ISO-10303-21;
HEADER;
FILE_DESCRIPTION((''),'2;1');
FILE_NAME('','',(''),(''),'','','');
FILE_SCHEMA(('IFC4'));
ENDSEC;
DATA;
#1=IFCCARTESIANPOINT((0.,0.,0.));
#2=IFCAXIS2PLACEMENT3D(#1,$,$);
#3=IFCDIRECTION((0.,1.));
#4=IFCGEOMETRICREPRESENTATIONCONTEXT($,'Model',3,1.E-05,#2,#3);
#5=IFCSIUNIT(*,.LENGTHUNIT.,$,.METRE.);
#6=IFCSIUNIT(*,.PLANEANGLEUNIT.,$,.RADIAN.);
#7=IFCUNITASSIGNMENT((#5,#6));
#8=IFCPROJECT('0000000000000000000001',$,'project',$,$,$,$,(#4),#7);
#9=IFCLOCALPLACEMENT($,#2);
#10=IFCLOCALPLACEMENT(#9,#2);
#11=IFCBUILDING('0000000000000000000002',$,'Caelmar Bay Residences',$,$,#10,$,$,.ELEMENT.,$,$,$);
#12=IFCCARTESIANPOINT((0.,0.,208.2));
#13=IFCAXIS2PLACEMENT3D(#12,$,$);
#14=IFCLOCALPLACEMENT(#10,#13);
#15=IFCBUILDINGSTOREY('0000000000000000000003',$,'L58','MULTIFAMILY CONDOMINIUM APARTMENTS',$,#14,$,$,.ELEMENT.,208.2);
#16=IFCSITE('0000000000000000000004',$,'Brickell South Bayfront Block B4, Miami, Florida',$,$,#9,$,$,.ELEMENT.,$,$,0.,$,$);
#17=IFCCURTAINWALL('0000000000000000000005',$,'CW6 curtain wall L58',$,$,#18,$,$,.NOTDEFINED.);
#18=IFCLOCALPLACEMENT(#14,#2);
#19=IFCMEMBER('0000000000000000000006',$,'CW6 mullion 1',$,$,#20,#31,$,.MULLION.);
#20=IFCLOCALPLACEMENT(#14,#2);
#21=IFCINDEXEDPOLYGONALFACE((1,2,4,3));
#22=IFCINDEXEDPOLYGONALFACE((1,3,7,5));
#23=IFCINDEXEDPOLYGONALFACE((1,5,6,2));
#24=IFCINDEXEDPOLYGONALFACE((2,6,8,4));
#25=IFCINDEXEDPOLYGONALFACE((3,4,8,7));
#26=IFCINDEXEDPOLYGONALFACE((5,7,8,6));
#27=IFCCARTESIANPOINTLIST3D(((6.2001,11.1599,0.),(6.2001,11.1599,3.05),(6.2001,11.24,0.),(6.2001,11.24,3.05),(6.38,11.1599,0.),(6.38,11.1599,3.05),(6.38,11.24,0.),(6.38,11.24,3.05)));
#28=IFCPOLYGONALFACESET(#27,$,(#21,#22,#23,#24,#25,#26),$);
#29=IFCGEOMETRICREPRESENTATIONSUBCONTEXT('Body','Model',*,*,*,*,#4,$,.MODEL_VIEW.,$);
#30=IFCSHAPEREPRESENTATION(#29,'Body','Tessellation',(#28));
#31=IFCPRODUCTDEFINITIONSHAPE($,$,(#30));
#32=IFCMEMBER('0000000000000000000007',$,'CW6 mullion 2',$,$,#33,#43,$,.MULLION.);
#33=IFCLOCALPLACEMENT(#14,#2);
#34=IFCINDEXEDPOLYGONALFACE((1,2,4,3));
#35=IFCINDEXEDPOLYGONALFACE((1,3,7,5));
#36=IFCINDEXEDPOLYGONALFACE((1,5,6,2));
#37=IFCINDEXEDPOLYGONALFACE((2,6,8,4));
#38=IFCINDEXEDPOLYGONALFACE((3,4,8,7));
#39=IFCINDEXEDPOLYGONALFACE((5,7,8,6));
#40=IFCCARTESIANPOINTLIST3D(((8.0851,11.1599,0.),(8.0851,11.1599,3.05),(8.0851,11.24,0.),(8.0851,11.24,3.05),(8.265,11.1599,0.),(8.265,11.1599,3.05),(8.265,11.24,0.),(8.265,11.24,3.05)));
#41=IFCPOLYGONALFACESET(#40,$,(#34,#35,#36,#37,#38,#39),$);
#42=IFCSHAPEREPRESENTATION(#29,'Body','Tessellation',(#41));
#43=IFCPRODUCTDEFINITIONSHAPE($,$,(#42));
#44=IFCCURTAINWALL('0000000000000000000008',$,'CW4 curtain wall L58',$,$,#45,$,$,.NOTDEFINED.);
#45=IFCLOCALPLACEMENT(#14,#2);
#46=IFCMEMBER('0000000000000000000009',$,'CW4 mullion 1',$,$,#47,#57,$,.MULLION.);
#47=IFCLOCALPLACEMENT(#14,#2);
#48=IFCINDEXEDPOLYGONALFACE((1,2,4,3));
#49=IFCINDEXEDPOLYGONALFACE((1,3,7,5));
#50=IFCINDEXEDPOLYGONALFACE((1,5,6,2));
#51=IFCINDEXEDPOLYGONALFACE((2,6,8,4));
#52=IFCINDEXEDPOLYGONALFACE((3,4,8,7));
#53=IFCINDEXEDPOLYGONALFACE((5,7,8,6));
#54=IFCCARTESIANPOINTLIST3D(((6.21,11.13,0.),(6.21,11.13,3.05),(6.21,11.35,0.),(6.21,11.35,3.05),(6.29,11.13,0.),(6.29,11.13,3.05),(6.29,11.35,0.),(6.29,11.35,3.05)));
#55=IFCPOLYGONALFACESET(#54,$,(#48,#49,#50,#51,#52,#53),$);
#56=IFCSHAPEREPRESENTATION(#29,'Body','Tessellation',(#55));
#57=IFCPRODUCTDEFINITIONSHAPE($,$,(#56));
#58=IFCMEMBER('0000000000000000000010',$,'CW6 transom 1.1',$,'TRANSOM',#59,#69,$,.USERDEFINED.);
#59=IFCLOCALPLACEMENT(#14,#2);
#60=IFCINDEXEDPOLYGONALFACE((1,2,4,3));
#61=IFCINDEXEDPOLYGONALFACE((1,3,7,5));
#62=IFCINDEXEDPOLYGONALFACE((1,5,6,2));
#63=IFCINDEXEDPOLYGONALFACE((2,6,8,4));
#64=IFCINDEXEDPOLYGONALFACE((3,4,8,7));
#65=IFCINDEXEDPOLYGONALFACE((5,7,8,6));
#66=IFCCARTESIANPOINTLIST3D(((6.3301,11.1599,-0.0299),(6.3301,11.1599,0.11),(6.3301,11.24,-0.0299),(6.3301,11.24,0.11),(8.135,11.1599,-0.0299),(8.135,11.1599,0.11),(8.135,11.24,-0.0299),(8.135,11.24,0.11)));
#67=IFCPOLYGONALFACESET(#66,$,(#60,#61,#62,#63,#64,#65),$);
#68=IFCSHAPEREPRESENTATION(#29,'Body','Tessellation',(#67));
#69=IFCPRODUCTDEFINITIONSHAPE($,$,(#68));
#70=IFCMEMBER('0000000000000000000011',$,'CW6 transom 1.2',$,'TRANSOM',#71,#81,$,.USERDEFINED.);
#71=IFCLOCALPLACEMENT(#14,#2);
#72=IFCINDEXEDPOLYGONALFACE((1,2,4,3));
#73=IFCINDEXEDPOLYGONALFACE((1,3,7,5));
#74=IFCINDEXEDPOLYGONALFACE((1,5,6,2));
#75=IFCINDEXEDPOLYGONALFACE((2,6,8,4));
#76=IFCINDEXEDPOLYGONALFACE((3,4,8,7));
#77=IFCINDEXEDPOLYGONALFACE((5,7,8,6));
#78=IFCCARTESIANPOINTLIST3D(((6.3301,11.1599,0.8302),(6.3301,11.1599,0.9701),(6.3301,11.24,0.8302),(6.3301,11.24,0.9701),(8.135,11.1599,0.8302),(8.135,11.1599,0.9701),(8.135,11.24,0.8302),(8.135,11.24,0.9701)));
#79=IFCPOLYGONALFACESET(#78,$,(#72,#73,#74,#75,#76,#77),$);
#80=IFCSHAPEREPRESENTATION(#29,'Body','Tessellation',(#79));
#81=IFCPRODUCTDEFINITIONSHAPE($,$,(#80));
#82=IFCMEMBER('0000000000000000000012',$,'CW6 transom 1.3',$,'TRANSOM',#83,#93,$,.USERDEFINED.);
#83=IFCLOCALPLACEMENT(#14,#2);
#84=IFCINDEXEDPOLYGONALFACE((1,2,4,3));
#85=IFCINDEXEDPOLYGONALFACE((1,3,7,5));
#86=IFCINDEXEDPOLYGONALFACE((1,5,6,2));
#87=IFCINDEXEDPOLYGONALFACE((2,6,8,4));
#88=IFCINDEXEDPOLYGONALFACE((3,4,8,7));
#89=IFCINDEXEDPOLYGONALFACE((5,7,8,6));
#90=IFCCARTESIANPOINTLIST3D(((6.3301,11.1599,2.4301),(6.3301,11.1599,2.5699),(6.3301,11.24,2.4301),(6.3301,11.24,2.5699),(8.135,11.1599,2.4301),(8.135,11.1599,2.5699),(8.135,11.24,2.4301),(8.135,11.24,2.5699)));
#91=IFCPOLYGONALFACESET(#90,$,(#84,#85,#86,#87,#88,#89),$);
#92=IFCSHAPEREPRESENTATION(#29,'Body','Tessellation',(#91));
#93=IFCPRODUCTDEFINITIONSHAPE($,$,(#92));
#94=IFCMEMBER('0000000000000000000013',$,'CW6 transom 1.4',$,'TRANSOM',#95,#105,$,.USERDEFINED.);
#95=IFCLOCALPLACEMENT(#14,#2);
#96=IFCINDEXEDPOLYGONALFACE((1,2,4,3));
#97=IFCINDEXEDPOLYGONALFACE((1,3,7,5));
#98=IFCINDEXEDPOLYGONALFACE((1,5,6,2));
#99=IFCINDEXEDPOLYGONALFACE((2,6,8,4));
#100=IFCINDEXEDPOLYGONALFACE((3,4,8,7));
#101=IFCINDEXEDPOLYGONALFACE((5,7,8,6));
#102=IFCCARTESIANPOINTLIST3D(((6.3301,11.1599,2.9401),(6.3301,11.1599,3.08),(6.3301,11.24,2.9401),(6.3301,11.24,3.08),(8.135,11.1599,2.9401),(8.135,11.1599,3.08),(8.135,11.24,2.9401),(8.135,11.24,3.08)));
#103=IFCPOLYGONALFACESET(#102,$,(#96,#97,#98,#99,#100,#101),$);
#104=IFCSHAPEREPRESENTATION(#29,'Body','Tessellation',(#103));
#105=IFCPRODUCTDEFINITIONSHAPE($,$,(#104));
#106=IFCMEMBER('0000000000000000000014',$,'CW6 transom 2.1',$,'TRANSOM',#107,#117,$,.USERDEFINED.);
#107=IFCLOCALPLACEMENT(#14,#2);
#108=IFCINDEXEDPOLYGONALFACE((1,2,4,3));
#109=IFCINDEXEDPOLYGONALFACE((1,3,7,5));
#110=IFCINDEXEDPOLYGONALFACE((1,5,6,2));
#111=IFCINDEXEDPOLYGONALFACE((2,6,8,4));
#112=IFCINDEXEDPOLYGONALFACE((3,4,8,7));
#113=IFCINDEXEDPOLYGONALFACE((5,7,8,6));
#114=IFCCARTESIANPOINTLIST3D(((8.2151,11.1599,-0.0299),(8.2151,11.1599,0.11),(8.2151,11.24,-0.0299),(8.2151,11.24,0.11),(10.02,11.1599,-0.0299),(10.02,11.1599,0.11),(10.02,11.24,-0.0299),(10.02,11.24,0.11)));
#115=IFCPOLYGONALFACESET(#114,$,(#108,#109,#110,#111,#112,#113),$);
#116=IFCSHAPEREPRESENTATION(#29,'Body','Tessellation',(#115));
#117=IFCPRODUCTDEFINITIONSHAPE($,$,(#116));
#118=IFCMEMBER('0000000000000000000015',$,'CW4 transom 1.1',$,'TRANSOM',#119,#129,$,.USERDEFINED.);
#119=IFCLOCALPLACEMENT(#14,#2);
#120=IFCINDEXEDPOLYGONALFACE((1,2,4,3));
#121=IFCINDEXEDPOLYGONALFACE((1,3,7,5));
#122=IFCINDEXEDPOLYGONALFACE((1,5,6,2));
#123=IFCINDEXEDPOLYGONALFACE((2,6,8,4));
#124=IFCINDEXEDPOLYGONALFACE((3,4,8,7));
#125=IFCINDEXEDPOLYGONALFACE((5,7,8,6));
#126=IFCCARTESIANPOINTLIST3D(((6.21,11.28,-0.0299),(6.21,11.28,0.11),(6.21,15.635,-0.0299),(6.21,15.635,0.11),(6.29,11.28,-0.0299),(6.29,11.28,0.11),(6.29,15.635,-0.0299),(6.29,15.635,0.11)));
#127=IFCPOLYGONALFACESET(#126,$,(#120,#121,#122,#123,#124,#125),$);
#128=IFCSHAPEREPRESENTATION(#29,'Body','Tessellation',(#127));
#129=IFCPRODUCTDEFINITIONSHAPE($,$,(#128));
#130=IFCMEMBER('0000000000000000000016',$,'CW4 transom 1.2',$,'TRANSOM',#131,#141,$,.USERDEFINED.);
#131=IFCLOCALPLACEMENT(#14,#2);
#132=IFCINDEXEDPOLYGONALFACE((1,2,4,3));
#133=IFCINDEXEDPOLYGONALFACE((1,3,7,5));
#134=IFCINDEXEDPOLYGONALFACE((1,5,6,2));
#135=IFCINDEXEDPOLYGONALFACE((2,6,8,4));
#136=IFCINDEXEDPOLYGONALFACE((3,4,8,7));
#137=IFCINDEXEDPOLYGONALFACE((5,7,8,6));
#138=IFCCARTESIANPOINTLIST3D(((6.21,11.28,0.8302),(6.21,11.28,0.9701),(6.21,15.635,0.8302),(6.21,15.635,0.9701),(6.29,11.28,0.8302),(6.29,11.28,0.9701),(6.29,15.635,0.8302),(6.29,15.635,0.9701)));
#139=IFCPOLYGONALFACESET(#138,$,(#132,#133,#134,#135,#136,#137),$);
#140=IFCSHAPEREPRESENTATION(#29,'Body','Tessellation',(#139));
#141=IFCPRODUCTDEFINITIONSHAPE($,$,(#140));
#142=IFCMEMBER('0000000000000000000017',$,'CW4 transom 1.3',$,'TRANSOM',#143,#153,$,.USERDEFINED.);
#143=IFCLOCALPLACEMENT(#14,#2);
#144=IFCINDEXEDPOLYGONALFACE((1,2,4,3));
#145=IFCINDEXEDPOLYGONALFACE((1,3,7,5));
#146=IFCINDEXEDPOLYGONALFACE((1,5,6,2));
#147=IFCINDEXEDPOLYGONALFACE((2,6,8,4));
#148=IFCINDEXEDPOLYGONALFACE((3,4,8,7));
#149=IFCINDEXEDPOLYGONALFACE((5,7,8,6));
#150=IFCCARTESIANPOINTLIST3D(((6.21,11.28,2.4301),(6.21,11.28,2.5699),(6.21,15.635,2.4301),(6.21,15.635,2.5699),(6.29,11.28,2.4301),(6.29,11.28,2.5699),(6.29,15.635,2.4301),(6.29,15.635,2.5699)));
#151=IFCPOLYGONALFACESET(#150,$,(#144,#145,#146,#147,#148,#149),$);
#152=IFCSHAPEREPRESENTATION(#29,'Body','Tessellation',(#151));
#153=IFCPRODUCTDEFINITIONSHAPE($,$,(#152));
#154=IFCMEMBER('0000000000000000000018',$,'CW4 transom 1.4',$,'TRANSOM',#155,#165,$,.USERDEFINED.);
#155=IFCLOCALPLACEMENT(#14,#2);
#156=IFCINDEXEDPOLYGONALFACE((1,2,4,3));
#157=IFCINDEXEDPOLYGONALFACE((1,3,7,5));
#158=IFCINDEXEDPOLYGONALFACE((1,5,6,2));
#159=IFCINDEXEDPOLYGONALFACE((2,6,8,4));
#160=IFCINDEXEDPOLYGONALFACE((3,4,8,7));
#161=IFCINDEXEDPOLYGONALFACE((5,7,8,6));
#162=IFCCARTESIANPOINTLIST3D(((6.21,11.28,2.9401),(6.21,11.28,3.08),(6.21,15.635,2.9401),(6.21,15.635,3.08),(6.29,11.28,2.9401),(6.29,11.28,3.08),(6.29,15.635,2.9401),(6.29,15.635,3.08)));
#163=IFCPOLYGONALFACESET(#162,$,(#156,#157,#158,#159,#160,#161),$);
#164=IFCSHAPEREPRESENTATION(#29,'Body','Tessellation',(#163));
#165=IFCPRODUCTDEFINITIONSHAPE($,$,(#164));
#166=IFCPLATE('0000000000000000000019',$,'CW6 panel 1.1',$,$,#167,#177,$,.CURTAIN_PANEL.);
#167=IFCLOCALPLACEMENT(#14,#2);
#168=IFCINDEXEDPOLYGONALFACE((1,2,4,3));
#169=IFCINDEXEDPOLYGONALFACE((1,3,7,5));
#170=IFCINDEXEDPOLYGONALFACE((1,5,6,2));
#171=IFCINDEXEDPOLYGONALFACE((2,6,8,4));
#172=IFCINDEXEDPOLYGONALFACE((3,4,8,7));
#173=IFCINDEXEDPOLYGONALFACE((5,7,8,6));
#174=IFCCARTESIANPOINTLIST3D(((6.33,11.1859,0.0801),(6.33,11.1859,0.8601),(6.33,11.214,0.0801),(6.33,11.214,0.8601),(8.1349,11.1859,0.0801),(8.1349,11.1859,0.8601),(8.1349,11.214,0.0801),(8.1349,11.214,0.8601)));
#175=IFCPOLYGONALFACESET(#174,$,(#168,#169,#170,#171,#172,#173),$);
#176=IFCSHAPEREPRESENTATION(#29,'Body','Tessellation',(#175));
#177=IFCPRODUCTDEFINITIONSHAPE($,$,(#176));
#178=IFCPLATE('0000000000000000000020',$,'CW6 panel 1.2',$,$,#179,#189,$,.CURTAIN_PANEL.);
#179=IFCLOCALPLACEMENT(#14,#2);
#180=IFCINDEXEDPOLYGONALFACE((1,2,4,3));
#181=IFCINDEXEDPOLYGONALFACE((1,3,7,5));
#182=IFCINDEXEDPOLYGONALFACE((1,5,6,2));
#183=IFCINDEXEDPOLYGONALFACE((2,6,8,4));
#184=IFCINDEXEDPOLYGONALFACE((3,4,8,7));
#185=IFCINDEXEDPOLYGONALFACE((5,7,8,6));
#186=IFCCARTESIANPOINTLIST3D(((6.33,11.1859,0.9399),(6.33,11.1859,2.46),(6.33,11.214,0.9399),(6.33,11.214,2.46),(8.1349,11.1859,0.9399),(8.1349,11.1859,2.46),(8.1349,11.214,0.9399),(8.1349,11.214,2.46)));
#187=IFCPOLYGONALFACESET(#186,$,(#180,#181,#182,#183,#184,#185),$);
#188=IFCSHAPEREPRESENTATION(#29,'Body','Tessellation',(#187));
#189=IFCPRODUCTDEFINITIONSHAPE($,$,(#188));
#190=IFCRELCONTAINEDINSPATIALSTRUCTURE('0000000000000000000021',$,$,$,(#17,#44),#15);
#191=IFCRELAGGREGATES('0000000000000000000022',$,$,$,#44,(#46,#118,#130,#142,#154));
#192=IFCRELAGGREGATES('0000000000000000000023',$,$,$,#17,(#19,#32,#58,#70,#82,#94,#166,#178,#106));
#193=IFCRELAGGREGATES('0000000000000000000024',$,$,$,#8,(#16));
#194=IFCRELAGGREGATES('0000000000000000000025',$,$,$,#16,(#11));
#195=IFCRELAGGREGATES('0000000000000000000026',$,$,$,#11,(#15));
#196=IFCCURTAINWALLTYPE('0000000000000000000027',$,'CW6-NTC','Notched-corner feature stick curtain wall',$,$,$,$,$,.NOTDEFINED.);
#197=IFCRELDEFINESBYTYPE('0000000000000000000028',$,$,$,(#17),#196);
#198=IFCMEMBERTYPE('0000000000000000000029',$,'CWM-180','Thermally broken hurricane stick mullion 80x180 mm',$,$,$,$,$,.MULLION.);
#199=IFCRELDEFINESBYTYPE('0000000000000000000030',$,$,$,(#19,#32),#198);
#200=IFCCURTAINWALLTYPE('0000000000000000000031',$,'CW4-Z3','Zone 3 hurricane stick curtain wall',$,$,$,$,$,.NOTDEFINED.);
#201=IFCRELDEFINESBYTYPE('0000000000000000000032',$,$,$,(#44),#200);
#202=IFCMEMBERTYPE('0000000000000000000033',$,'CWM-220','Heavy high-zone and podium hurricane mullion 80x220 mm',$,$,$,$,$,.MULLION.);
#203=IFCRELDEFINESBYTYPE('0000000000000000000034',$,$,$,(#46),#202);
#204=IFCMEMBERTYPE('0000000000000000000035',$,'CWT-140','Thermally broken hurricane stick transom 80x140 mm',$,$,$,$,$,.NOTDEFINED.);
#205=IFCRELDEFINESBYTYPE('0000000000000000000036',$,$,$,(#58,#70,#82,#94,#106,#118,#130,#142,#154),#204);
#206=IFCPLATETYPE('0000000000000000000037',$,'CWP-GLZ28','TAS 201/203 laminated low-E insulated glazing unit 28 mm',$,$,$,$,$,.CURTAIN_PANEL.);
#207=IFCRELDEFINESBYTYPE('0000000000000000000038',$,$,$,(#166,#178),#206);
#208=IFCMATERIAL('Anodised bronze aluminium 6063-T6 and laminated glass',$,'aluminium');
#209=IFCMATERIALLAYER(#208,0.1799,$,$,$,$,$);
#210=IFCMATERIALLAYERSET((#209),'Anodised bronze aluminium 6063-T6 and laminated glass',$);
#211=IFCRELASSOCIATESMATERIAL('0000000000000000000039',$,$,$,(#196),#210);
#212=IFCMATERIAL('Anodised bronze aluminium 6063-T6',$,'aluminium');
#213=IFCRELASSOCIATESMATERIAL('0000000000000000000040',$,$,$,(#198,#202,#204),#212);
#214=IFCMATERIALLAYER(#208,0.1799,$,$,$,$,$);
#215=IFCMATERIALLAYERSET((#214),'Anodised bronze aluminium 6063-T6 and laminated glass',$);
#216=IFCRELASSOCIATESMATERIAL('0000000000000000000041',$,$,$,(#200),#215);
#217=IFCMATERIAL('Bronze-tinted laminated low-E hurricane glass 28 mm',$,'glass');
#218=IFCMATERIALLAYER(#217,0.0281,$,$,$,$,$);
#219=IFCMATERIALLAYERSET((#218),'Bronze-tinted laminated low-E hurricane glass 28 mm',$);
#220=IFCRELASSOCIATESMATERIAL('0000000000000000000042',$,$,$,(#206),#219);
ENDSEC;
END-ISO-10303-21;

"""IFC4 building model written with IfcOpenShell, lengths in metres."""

from ifc_helpers import new_model, si_unit, direction, frame, origin, origin_2d, place, context, subcontext, project, spatial, rectangle, extrude, material, layer, layer_set, material_profile, profile_set, type_object, element, aggregate, save


model = new_model("IFC4")

# Units and contexts
model_context = context("Model", 3, precision=1e-05, world=origin(), true_north=direction((0.0, 1.0)))
body_context = subcontext(model_context, "Body", "Model", "MODEL_VIEW")
ifc_project = project(units=[si_unit("LENGTHUNIT", "METRE"), si_unit("PLANEANGLEUNIT", "RADIAN")], contexts=[model_context])

# Site, building, storey
site_placement = place(None, origin())
site = spatial("IfcSite", under=ifc_project, at=site_placement, Name="Brickell South Bayfront Block B4, Miami, Florida", CompositionType="ELEMENT", RefElevation=0.0)
building_placement = place(site_placement, origin())
building = spatial("IfcBuilding", under=site, at=building_placement, Name="Caelmar Bay Residences", CompositionType="ELEMENT")
storey_placement = place(building_placement, frame((0.0, 0.0, 208.2)))
storey = spatial("IfcBuildingStorey", under=building, at=storey_placement, Name="L58", Description="MULTIFAMILY CONDOMINIUM APARTMENTS", CompositionType="ELEMENT", Elevation=208.2)

# Curtain wall, members
ifc_material_1 = material(Name="Anodised bronze aluminium 6063-T6 and laminated glass", Category="aluminium")
ifc_layer_1 = layer(ifc_material_1, 0.1799)
ifc_layer_set_1 = layer_set([ifc_layer_1], Name="Anodised bronze aluminium 6063-T6 and laminated glass")
curtain_wall_type_1 = type_object("IfcCurtainWallType", Name="CW6-NTC", Description="Notched-corner feature stick curtain wall", PredefinedType="NOTDEFINED", material=ifc_layer_set_1)
curtain_wall_1_placement = place(storey_placement, origin())
curtain_wall_1 = element("IfcCurtainWall", 1, at=curtain_wall_1_placement, inside=storey, type_object=curtain_wall_type_1, Name="CW6 curtain wall L58", PredefinedType="NOTDEFINED")
ifc_material_2 = material(Name="Anodised bronze aluminium 6063-T6", Category="aluminium")
ifc_material_profile_1 = material_profile(ifc_material_2, rectangle(XDim=0.0801, YDim=0.1799, at=origin_2d()), Name="CWM-80X180")
ifc_profile_set_1 = profile_set([ifc_material_profile_1], Name="Anodised bronze aluminium 6063-T6")
member_type_1 = type_object("IfcMemberType", Name="CWM-180", Description="Thermally broken hurricane stick mullion 80x180 mm", PredefinedType="MULLION", material=ifc_profile_set_1)
member_1_placement = place(storey_placement, frame((6.29, 11.2, 0.0), z_axis=(0.0, 0.0, 1.0), x_axis=(0.0, 1.0, 0.0)))
member_1 = element("IfcMember", 2, at=member_1_placement, type_object=member_type_1, Name="CW6 mullion 1", PredefinedType="MULLION", context=body_context, shape_type="SweptSolid", body=[
    extrude(rectangle(XDim=0.0801, YDim=0.1799, at=origin_2d()), origin(), (0.0, 0.0, 1.0), 3.05),
])
member_2_placement = place(storey_placement, frame((8.175, 11.2, 0.0), z_axis=(0.0, 0.0, 1.0), x_axis=(0.0, 1.0, 0.0)))
member_2 = element("IfcMember", 3, at=member_2_placement, type_object=member_type_1, Name="CW6 mullion 2", PredefinedType="MULLION", context=body_context, shape_type="SweptSolid", body=[
    extrude(rectangle(XDim=0.0801, YDim=0.1799, at=origin_2d()), origin(), (0.0, 0.0, 1.0), 3.05),
])

# Curtain wall, member
ifc_layer_2 = layer(ifc_material_1, 0.1799)
ifc_layer_set_2 = layer_set([ifc_layer_2], Name="Anodised bronze aluminium 6063-T6 and laminated glass")
curtain_wall_type_2 = type_object("IfcCurtainWallType", Name="CW4-Z3", Description="Zone 3 hurricane stick curtain wall", PredefinedType="NOTDEFINED", material=ifc_layer_set_2)
curtain_wall_2_placement = place(storey_placement, origin())
curtain_wall_2 = element("IfcCurtainWall", 4, at=curtain_wall_2_placement, inside=storey, type_object=curtain_wall_type_2, Name="CW4 curtain wall L58", PredefinedType="NOTDEFINED")
ifc_material_profile_2 = material_profile(ifc_material_2, rectangle(XDim=0.0801, YDim=0.22, at=origin_2d()), Name="CWM-80X220")
ifc_profile_set_2 = profile_set([ifc_material_profile_2], Name="Anodised bronze aluminium 6063-T6")
member_type_2 = type_object("IfcMemberType", Name="CWM-220", Description="Heavy high-zone and podium hurricane mullion 80x220 mm", PredefinedType="MULLION", material=ifc_profile_set_2)
member_3_placement = place(storey_placement, frame((6.25, 11.24, 0.0), z_axis=(0.0, 0.0, 1.0), x_axis=(-1.0, 0.0, 0.0)))
member_3 = element("IfcMember", 5, at=member_3_placement, type_object=member_type_2, Name="CW4 mullion 1", PredefinedType="MULLION", context=body_context, shape_type="SweptSolid", body=[
    extrude(rectangle(XDim=0.0801, YDim=0.22, at=origin_2d()), origin(), (0.0, 0.0, 1.0), 3.05),
])

# Members
ifc_material_profile_3 = material_profile(ifc_material_2, rectangle(XDim=0.0801, YDim=0.1399, at=origin_2d()), Name="CWT-80X140")
ifc_profile_set_3 = profile_set([ifc_material_profile_3], Name="Anodised bronze aluminium 6063-T6")
member_type_3 = type_object("IfcMemberType", Name="CWT-140", Description="Thermally broken hurricane stick transom 80x140 mm", PredefinedType="NOTDEFINED", material=ifc_profile_set_3)
member_4_placement = place(storey_placement, frame((6.3301, 11.2, 0.04), z_axis=(1.0, 0.0, 0.0), x_axis=(0.0, 1.0, 0.0)))
member_4 = element("IfcMember", 6, at=member_4_placement, type_object=member_type_3, Name="CW6 transom 1.1", ObjectType="TRANSOM", PredefinedType="USERDEFINED", context=body_context, shape_type="SweptSolid", body=[
    extrude(rectangle(XDim=0.0801, YDim=0.1399, at=origin_2d()), origin(), (0.0, 0.0, 1.0), 1.8049),
])
member_5_placement = place(storey_placement, frame((6.3301, 11.2, 0.9001), z_axis=(1.0, 0.0, 0.0), x_axis=(0.0, 1.0, 0.0)))
member_5 = element("IfcMember", 7, at=member_5_placement, type_object=member_type_3, Name="CW6 transom 1.2", ObjectType="TRANSOM", PredefinedType="USERDEFINED", context=body_context, shape_type="SweptSolid", body=[
    extrude(rectangle(XDim=0.0801, YDim=0.1399, at=origin_2d()), origin(), (0.0, 0.0, 1.0), 1.8049),
])
member_6_placement = place(storey_placement, frame((6.3301, 11.2, 2.5), z_axis=(1.0, 0.0, 0.0), x_axis=(0.0, 1.0, 0.0)))
member_6 = element("IfcMember", 8, at=member_6_placement, type_object=member_type_3, Name="CW6 transom 1.3", ObjectType="TRANSOM", PredefinedType="USERDEFINED", context=body_context, shape_type="SweptSolid", body=[
    extrude(rectangle(XDim=0.0801, YDim=0.1399, at=origin_2d()), origin(), (0.0, 0.0, 1.0), 1.8049),
])
member_7_placement = place(storey_placement, frame((6.3301, 11.2, 3.01), z_axis=(1.0, 0.0, 0.0), x_axis=(0.0, 1.0, 0.0)))
member_7 = element("IfcMember", 9, at=member_7_placement, type_object=member_type_3, Name="CW6 transom 1.4", ObjectType="TRANSOM", PredefinedType="USERDEFINED", context=body_context, shape_type="SweptSolid", body=[
    extrude(rectangle(XDim=0.0801, YDim=0.1399, at=origin_2d()), origin(), (0.0, 0.0, 1.0), 1.8049),
])
member_8_placement = place(storey_placement, frame((8.2151, 11.2, 0.04), z_axis=(1.0, 0.0, 0.0), x_axis=(0.0, 1.0, 0.0)))
member_8 = element("IfcMember", 10, at=member_8_placement, type_object=member_type_3, Name="CW6 transom 2.1", ObjectType="TRANSOM", PredefinedType="USERDEFINED", context=body_context, shape_type="SweptSolid", body=[
    extrude(rectangle(XDim=0.0801, YDim=0.1399, at=origin_2d()), origin(), (0.0, 0.0, 1.0), 1.8049),
])
member_9_placement = place(storey_placement, frame((6.25, 11.28, 0.04), z_axis=(0.0, 1.0, 0.0), x_axis=(-1.0, 0.0, 0.0)))
member_9 = element("IfcMember", 11, at=member_9_placement, type_object=member_type_3, Name="CW4 transom 1.1", ObjectType="TRANSOM", PredefinedType="USERDEFINED", context=body_context, shape_type="SweptSolid", body=[
    extrude(rectangle(XDim=0.0801, YDim=0.1399, at=origin_2d()), origin(), (0.0, 0.0, 1.0), 4.355),
])
member_10_placement = place(storey_placement, frame((6.25, 11.28, 0.9001), z_axis=(0.0, 1.0, 0.0), x_axis=(-1.0, 0.0, 0.0)))
member_10 = element("IfcMember", 12, at=member_10_placement, type_object=member_type_3, Name="CW4 transom 1.2", ObjectType="TRANSOM", PredefinedType="USERDEFINED", context=body_context, shape_type="SweptSolid", body=[
    extrude(rectangle(XDim=0.0801, YDim=0.1399, at=origin_2d()), origin(), (0.0, 0.0, 1.0), 4.355),
])
member_11_placement = place(storey_placement, frame((6.25, 11.28, 2.5), z_axis=(0.0, 1.0, 0.0), x_axis=(-1.0, 0.0, 0.0)))
member_11 = element("IfcMember", 13, at=member_11_placement, type_object=member_type_3, Name="CW4 transom 1.3", ObjectType="TRANSOM", PredefinedType="USERDEFINED", context=body_context, shape_type="SweptSolid", body=[
    extrude(rectangle(XDim=0.0801, YDim=0.1399, at=origin_2d()), origin(), (0.0, 0.0, 1.0), 4.355),
])
member_12_placement = place(storey_placement, frame((6.25, 11.28, 3.01), z_axis=(0.0, 1.0, 0.0), x_axis=(-1.0, 0.0, 0.0)))
member_12 = element("IfcMember", 14, at=member_12_placement, type_object=member_type_3, Name="CW4 transom 1.4", ObjectType="TRANSOM", PredefinedType="USERDEFINED", context=body_context, shape_type="SweptSolid", body=[
    extrude(rectangle(XDim=0.0801, YDim=0.1399, at=origin_2d()), origin(), (0.0, 0.0, 1.0), 4.355),
])
aggregate(curtain_wall_2, [member_3, member_9, member_10, member_11, member_12])

# Plates
ifc_material_3 = material(Name="Bronze-tinted laminated low-E hurricane glass 28 mm", Category="glass")
ifc_layer_3 = layer(ifc_material_3, 0.0281)
ifc_layer_set_3 = layer_set([ifc_layer_3], Name="Bronze-tinted laminated low-E hurricane glass 28 mm")
plate_type = type_object("IfcPlateType", Name="CWP-GLZ28", Description="TAS 201/203 laminated low-E insulated glazing unit 28 mm", PredefinedType="CURTAIN_PANEL", material=ifc_layer_set_3)
plate_1_placement = place(storey_placement, frame((7.2324, 11.2, 0.0801), z_axis=(0.0, 0.0, 1.0), x_axis=(1.0, 0.0, 0.0)))
plate_1 = element("IfcPlate", 15, at=plate_1_placement, type_object=plate_type, Name="CW6 panel 1.1", PredefinedType="CURTAIN_PANEL", context=body_context, shape_type="SweptSolid", body=[
    extrude(rectangle(XDim=1.8049, YDim=0.0281, at=origin_2d()), origin(), (0.0, 0.0, 1.0), 0.78),
])
plate_2_placement = place(storey_placement, frame((7.2324, 11.2, 0.9399), z_axis=(0.0, 0.0, 1.0), x_axis=(1.0, 0.0, 0.0)))
plate_2 = element("IfcPlate", 16, at=plate_2_placement, type_object=plate_type, Name="CW6 panel 1.2", PredefinedType="CURTAIN_PANEL", context=body_context, shape_type="SweptSolid", body=[
    extrude(rectangle(XDim=1.8049, YDim=0.0281, at=origin_2d()), origin(), (0.0, 0.0, 1.0), 1.52),
])
aggregate(curtain_wall_1, [member_1, member_2, member_4, member_5, member_6, member_7, plate_1, plate_2, member_8])

save(model, "model.ifc")
